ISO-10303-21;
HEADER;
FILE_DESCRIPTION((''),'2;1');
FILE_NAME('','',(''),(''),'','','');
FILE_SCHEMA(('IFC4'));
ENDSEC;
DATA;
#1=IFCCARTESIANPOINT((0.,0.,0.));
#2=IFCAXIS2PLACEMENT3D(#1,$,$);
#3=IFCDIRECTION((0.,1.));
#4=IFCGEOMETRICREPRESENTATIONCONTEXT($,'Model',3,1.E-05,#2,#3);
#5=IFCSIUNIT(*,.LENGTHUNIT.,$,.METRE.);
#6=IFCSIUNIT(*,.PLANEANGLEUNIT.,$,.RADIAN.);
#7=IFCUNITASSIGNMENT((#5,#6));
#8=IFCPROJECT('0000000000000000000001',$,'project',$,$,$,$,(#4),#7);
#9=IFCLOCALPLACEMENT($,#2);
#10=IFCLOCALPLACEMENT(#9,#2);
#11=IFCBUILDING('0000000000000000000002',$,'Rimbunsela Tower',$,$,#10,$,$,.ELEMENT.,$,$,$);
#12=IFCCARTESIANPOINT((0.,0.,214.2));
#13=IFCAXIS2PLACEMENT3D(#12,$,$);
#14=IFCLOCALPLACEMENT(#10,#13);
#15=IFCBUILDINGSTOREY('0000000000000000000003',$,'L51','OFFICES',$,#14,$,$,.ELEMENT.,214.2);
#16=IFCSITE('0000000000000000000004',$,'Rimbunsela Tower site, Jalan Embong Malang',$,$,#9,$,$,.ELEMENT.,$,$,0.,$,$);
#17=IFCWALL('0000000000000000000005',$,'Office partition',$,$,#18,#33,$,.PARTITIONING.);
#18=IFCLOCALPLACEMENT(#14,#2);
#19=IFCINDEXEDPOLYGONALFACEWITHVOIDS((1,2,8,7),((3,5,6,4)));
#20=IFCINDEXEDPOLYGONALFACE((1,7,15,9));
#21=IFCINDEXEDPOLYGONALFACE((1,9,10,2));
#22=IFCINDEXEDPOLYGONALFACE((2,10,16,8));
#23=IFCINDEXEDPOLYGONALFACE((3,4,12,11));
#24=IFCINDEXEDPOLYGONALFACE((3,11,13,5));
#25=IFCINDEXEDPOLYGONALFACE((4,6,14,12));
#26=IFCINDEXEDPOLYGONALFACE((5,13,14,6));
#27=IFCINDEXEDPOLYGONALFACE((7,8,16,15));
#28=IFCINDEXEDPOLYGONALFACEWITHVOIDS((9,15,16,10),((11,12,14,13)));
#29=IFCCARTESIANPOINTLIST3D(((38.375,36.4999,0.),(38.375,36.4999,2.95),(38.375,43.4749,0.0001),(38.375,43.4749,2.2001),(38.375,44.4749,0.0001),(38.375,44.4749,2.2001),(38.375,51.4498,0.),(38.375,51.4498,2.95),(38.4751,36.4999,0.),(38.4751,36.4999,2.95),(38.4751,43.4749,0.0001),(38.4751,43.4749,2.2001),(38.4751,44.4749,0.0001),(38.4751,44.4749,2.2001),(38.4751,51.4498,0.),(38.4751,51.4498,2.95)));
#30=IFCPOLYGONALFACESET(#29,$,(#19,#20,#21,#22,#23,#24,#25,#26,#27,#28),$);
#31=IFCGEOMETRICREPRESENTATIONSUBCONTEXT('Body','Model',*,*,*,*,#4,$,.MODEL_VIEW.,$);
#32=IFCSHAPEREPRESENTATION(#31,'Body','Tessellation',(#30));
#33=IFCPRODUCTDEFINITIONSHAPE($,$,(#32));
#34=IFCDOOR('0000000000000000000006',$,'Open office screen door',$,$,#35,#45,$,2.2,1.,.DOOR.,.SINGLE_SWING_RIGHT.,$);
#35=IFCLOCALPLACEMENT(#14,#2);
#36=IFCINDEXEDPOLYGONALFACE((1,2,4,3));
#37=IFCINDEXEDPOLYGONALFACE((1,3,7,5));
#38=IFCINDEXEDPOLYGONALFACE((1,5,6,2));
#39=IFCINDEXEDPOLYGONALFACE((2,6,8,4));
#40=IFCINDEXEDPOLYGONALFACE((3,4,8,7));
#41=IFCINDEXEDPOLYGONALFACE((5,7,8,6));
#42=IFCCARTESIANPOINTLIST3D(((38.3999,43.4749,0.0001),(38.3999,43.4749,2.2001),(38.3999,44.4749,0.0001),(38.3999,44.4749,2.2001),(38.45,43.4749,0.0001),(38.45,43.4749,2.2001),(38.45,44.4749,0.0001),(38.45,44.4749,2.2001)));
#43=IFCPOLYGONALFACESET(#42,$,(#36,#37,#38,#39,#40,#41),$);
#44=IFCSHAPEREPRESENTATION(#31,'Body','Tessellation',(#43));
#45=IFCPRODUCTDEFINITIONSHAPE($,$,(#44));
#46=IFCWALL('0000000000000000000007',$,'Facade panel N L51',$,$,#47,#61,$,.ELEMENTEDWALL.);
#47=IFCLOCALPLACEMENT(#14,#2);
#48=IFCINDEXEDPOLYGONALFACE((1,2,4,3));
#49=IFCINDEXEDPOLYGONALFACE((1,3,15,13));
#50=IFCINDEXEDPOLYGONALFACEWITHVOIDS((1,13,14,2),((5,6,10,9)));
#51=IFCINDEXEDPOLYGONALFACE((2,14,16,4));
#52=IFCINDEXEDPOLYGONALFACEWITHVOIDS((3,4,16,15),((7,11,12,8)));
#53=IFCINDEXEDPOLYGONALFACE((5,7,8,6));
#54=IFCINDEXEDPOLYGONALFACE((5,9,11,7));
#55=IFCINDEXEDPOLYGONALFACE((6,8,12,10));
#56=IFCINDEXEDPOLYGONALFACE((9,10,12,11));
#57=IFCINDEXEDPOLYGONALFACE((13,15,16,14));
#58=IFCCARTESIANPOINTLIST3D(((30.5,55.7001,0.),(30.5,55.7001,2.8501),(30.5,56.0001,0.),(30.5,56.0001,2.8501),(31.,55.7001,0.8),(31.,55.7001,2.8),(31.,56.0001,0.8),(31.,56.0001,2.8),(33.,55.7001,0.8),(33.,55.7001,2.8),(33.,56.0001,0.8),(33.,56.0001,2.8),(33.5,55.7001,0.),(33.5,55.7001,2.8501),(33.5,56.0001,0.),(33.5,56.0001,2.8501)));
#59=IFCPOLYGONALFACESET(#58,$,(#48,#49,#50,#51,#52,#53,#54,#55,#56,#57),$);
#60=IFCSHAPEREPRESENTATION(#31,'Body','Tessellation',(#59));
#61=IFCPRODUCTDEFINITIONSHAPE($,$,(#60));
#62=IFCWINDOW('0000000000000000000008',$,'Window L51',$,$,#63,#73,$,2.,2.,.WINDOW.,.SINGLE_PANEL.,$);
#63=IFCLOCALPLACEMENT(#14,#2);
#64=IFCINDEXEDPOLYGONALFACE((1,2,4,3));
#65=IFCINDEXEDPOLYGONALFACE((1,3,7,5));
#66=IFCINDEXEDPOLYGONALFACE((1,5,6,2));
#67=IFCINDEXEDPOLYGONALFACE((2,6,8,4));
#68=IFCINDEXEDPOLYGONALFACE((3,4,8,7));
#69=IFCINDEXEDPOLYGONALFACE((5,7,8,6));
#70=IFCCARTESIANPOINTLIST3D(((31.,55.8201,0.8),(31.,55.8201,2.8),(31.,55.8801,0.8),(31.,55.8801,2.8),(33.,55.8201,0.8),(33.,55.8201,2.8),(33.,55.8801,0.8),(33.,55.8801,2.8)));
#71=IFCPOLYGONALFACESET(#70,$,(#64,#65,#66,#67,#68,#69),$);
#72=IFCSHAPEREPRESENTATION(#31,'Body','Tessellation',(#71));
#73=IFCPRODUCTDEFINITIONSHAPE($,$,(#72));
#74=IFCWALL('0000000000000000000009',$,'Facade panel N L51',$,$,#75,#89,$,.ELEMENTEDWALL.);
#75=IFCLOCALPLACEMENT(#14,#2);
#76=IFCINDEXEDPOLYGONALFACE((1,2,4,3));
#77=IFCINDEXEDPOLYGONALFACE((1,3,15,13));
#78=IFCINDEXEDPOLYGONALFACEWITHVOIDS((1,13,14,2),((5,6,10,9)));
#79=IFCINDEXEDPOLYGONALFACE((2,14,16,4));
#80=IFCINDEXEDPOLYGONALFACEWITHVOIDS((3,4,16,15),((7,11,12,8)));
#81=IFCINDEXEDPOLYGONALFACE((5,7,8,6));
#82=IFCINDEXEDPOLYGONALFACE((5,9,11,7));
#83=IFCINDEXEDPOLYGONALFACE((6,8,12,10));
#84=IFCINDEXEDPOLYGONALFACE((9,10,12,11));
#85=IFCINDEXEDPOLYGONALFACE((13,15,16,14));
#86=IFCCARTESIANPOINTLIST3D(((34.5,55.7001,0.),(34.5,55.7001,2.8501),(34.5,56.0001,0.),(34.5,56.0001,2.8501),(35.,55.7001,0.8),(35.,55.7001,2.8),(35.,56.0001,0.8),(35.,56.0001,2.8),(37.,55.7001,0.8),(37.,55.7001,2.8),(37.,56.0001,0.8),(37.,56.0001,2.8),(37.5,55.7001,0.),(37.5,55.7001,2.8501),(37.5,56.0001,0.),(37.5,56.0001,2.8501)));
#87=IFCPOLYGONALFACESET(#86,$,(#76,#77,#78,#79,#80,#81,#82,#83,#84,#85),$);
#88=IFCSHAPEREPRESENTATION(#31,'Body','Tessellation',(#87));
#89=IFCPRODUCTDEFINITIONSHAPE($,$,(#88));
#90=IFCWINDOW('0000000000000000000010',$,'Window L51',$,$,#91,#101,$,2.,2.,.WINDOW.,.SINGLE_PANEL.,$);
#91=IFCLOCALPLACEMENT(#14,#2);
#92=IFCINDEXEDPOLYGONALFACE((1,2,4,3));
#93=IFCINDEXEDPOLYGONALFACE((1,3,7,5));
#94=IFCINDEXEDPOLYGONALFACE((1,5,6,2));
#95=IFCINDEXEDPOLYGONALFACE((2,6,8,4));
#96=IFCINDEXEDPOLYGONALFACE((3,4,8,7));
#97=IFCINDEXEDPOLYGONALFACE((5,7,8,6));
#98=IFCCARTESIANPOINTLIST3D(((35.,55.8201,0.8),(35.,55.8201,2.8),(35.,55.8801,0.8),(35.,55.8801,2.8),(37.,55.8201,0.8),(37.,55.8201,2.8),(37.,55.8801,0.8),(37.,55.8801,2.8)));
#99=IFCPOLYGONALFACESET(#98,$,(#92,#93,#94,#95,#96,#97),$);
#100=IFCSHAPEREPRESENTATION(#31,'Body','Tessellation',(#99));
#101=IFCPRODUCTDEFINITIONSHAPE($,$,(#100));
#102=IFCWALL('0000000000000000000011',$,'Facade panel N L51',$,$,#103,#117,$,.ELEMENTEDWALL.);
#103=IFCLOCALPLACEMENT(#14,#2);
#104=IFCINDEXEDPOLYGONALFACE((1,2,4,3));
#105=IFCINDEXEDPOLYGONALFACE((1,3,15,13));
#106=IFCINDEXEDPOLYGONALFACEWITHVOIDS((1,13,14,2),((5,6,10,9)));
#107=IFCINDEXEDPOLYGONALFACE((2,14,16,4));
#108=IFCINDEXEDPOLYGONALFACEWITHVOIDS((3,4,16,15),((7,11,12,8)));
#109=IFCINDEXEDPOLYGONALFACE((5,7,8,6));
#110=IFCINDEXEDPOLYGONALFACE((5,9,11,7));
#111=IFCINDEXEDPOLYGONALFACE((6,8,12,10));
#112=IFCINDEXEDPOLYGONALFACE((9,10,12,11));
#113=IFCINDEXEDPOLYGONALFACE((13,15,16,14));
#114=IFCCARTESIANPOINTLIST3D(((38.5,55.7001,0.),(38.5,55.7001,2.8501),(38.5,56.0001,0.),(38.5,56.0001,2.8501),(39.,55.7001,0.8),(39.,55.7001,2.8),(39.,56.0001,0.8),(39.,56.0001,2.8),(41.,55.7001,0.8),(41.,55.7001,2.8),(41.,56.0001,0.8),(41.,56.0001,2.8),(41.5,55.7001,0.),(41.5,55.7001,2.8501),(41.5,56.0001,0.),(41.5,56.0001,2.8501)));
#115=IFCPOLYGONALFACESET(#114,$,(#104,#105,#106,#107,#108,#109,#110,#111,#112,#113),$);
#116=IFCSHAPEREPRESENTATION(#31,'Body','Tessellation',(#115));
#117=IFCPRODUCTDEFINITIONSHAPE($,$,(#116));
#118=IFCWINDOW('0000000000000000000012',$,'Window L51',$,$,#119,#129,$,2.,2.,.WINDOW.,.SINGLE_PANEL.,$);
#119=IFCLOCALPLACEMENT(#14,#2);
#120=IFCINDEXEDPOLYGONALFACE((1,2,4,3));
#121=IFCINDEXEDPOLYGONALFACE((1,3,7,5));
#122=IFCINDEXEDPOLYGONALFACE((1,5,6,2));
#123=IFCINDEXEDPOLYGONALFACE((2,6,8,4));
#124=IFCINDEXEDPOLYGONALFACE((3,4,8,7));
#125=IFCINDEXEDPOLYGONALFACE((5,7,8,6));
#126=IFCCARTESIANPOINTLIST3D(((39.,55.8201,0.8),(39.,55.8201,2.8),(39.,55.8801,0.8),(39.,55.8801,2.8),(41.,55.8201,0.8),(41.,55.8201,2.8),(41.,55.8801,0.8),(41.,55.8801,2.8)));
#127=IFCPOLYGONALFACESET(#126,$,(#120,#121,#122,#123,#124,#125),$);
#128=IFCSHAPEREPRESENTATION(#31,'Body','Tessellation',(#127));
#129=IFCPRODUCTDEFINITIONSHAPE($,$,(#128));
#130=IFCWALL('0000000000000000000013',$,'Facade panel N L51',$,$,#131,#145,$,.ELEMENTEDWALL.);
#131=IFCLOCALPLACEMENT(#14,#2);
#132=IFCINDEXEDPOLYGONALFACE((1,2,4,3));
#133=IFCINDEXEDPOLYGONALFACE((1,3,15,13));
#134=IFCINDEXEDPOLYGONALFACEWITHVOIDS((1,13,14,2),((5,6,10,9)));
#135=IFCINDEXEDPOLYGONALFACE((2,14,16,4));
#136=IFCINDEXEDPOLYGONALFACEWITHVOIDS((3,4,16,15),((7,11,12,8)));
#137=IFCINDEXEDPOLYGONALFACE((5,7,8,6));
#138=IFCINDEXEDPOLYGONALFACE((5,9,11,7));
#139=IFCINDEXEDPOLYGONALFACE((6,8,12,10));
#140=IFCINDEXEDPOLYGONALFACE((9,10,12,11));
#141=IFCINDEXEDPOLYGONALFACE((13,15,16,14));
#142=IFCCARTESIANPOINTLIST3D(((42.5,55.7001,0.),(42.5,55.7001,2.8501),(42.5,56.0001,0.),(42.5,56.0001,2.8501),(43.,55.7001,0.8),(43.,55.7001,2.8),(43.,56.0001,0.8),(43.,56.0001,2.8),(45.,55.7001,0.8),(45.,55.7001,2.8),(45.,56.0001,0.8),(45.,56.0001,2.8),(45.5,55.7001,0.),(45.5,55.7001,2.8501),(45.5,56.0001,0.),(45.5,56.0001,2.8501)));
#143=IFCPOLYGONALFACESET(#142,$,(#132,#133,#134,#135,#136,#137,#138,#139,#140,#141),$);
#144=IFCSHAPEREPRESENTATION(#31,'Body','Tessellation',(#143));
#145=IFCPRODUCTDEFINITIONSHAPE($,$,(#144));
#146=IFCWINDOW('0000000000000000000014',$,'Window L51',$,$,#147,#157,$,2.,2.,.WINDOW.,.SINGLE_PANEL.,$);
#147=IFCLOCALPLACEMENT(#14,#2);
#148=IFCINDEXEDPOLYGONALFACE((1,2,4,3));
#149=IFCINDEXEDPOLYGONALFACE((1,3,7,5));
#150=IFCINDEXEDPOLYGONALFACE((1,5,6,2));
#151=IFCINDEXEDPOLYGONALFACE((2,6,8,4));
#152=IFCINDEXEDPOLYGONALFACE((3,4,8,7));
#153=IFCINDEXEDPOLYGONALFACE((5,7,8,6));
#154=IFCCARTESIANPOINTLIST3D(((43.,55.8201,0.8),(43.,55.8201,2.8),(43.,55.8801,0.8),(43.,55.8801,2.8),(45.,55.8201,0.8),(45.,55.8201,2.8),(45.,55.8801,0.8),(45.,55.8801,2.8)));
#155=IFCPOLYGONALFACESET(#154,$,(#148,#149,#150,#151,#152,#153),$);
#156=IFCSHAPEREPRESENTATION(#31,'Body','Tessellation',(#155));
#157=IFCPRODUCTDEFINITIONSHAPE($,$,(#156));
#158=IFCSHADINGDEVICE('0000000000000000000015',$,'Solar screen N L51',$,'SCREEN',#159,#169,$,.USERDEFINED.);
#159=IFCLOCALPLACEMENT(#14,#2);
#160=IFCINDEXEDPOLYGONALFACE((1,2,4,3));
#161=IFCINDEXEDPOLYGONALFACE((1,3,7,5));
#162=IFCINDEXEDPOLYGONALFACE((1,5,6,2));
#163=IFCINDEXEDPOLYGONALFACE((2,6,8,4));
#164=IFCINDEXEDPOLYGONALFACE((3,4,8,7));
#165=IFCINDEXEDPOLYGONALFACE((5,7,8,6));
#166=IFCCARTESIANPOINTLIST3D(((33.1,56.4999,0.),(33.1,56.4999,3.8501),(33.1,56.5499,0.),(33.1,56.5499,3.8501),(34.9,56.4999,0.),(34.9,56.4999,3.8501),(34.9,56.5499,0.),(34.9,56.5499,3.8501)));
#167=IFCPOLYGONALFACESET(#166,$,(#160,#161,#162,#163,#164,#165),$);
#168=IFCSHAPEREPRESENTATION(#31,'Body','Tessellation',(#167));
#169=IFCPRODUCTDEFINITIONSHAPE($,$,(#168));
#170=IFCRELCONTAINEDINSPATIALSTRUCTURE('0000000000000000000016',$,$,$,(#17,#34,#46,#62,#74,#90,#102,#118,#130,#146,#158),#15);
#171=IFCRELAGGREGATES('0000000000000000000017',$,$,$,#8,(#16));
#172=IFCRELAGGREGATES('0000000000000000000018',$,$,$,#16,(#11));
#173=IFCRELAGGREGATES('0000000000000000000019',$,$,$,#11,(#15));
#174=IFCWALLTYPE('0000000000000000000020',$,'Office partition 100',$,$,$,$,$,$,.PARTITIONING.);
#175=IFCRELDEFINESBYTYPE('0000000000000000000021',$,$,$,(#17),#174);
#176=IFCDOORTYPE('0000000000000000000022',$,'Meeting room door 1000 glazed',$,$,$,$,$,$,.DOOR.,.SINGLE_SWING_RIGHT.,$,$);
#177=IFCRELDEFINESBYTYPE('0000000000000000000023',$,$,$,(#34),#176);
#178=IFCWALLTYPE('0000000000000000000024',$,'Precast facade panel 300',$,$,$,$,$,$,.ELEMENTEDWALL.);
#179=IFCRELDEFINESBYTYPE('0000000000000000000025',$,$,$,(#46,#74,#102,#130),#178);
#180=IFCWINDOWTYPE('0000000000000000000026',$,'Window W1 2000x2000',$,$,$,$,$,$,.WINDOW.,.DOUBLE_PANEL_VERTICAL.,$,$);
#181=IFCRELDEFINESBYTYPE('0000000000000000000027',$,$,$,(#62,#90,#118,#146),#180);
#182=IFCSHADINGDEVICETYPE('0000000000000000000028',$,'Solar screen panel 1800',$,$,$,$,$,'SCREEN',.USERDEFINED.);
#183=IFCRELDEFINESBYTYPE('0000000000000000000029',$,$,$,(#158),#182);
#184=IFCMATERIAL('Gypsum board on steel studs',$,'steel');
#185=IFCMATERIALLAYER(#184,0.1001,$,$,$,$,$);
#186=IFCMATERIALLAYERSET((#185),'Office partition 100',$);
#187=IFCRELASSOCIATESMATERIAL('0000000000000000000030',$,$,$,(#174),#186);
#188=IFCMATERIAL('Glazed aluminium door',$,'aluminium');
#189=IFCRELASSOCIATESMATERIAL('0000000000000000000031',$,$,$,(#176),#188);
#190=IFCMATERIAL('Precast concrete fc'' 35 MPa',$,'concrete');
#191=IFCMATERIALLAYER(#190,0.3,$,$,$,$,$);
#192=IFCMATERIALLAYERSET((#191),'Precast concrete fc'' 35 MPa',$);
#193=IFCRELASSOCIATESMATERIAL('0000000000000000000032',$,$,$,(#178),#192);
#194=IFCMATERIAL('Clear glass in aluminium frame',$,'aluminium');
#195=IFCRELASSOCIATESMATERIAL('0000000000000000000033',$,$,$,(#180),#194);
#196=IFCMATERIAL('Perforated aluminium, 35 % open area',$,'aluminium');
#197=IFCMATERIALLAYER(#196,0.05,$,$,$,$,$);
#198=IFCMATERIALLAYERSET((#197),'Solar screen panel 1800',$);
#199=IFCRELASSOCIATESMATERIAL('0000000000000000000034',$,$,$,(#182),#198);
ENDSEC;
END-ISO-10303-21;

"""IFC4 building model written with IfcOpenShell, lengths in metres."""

from ifc_helpers import new_model, si_unit, direction, frame, frame_2d, origin, origin_2d, place, context, subcontext, project, spatial, rectangle, extrude, material, layer, layer_set, type_object, element, fill, save


model = new_model("IFC4")

# Units and contexts
model_context = context("Model", 3, precision=1e-05, world=origin(), true_north=direction((0.0, 1.0)))
body_context = subcontext(model_context, "Body", "Model", "MODEL_VIEW")
ifc_project = project(units=[si_unit("LENGTHUNIT", "METRE"), si_unit("PLANEANGLEUNIT", "RADIAN")], contexts=[model_context])

# Site, building, storey
site_placement = place(None, origin())
site = spatial("IfcSite", under=ifc_project, at=site_placement, Name="Rimbunsela Tower site, Jalan Embong Malang", CompositionType="ELEMENT", RefElevation=0.0)
building_placement = place(site_placement, origin())
building = spatial("IfcBuilding", under=site, at=building_placement, Name="Rimbunsela Tower", CompositionType="ELEMENT")
storey_placement = place(building_placement, frame((0.0, 0.0, 214.2)))
storey = spatial("IfcBuildingStorey", under=building, at=storey_placement, Name="L51", Description="OFFICES", CompositionType="ELEMENT", Elevation=214.2)

# Shared definitions
ifc_material_1 = material(Name="Gypsum board on steel studs", Category="steel")
ifc_layer_1 = layer(ifc_material_1, 0.1001)
ifc_layer_set_1 = layer_set([ifc_layer_1], Name="Office partition 100")
wall_type_1 = type_object("IfcWallType", Name="Office partition 100", PredefinedType="PARTITIONING", material=ifc_layer_set_1)

# Wall, opening, door
wall_1_placement = place(storey_placement, frame((38.425, 51.45, 0.0), z_axis=(0.0, 0.0, 1.0), x_axis=(0.0, -1.0, 0.0)))
wall_1 = element("IfcWall", 1, at=wall_1_placement, inside=storey, type_object=wall_type_1, Name="Office partition", PredefinedType="PARTITIONING", context=body_context, shape_type="SweptSolid", body=[
    extrude(rectangle(XDim=14.95, YDim=0.1001, at=frame_2d((7.4751, 0.0))), origin(), (0.0, 0.0, 1.0), 2.95),
])
opening_1_placement = place(wall_1_placement, frame((6.9751, 0.0, 0.0)))
opening_1 = element("IfcOpeningElement", 2, at=opening_1_placement, cuts=wall_1, PredefinedType="OPENING", context=body_context, shape_type="SweptSolid", body=[
    extrude(rectangle(XDim=1.0, YDim=2.2, at=frame_2d((0.5, 1.1001))), frame((0.0, 0.0601, 0.0), z_axis=(0.0, -1.0, 0.0), x_axis=(1.0, 0.0, 0.0)), (0.0, 0.0, 1.0), 0.1201),
])
ifc_material_2 = material(Name="Glazed aluminium door", Category="aluminium")
door_type = type_object("IfcDoorType", Name="Meeting room door 1000 glazed", OperationType="SINGLE_SWING_RIGHT", PredefinedType="DOOR", material=ifc_material_2)
door_placement = place(opening_1_placement, origin())
door = element("IfcDoor", 3, at=door_placement, inside=storey, type_object=door_type, Name="Open office screen door", OperationType="SINGLE_SWING_RIGHT", OverallHeight=2.2, OverallWidth=1.0, PredefinedType="DOOR", context=body_context, shape_type="SweptSolid", body=[
    extrude(rectangle(XDim=1.0, YDim=2.2, at=frame_2d((0.5, 1.1001))), frame((0.0, 0.0249, 0.0), z_axis=(0.0, -1.0, 0.0), x_axis=(1.0, 0.0, 0.0)), (0.0, 0.0, 1.0), 0.05),
])
fill(opening_1, door)

# Walls, openings, windows
ifc_material_3 = material(Name="Precast concrete fc' 35 MPa", Category="concrete")
ifc_layer_2 = layer(ifc_material_3, 0.3)
ifc_layer_set_2 = layer_set([ifc_layer_2], Name="Precast concrete fc' 35 MPa")
wall_type_2 = type_object("IfcWallType", Name="Precast facade panel 300", PredefinedType="ELEMENTEDWALL", material=ifc_layer_set_2)
wall_2_placement = place(storey_placement, frame((33.5, 55.8501, 0.0), z_axis=(0.0, 0.0, 1.0), x_axis=(-1.0, 0.0, 0.0)))
wall_2 = element("IfcWall", 4, at=wall_2_placement, inside=storey, type_object=wall_type_2, Name="Facade panel N L51", PredefinedType="ELEMENTEDWALL", context=body_context, shape_type="SweptSolid", body=[
    extrude(rectangle(XDim=3.0, YDim=0.3, at=frame_2d((1.5, 0.0))), origin(), (0.0, 0.0, 1.0), 2.8501),
])
opening_2_placement = place(wall_2_placement, frame((0.5, 0.0, 0.8)))
opening_2 = element("IfcOpeningElement", 5, at=opening_2_placement, cuts=wall_2, PredefinedType="OPENING", context=body_context, shape_type="SweptSolid", body=[
    extrude(rectangle(XDim=2.0, YDim=2.0, at=frame_2d((1.0, 1.0))), frame((0.0, 0.1599, 0.0), z_axis=(0.0, -1.0, 0.0), x_axis=(1.0, 0.0, 0.0)), (0.0, 0.0, 1.0), 0.3201),
])
ifc_material_4 = material(Name="Clear glass in aluminium frame", Category="aluminium")
window_type = type_object("IfcWindowType", Name="Window W1 2000x2000", PartitioningType="DOUBLE_PANEL_VERTICAL", PredefinedType="WINDOW", material=ifc_material_4)
window_1_placement = place(opening_2_placement, origin())
window_1 = element("IfcWindow", 6, at=window_1_placement, inside=storey, type_object=window_type, Name="Window L51", OverallHeight=2.0, OverallWidth=2.0, PartitioningType="SINGLE_PANEL", PredefinedType="WINDOW", context=body_context, shape_type="SweptSolid", body=[
    extrude(rectangle(XDim=2.0, YDim=2.0, at=frame_2d((1.0, 1.0))), frame((0.0, 0.03, 0.0), z_axis=(0.0, -1.0, 0.0), x_axis=(1.0, 0.0, 0.0)), (0.0, 0.0, 1.0), 0.0601),
])
fill(opening_2, window_1)
wall_3_placement = place(storey_placement, frame((37.5, 55.8501, 0.0), z_axis=(0.0, 0.0, 1.0), x_axis=(-1.0, 0.0, 0.0)))
wall_3 = element("IfcWall", 7, at=wall_3_placement, inside=storey, type_object=wall_type_2, Name="Facade panel N L51", PredefinedType="ELEMENTEDWALL", context=body_context, shape_type="SweptSolid", body=[
    extrude(rectangle(XDim=3.0, YDim=0.3, at=frame_2d((1.5, 0.0))), origin(), (0.0, 0.0, 1.0), 2.8501),
])
opening_3_placement = place(wall_3_placement, frame((0.5, 0.0, 0.8)))
opening_3 = element("IfcOpeningElement", 8, at=opening_3_placement, cuts=wall_3, PredefinedType="OPENING", context=body_context, shape_type="SweptSolid", body=[
    extrude(rectangle(XDim=2.0, YDim=2.0, at=frame_2d((1.0, 1.0))), frame((0.0, 0.1599, 0.0), z_axis=(0.0, -1.0, 0.0), x_axis=(1.0, 0.0, 0.0)), (0.0, 0.0, 1.0), 0.3201),
])
window_2_placement = place(opening_3_placement, origin())
window_2 = element("IfcWindow", 9, at=window_2_placement, inside=storey, type_object=window_type, Name="Window L51", OverallHeight=2.0, OverallWidth=2.0, PartitioningType="SINGLE_PANEL", PredefinedType="WINDOW", context=body_context, shape_type="SweptSolid", body=[
    extrude(rectangle(XDim=2.0, YDim=2.0, at=frame_2d((1.0, 1.0))), frame((0.0, 0.03, 0.0), z_axis=(0.0, -1.0, 0.0), x_axis=(1.0, 0.0, 0.0)), (0.0, 0.0, 1.0), 0.0601),
])
fill(opening_3, window_2)
wall_4_placement = place(storey_placement, frame((41.5, 55.8501, 0.0), z_axis=(0.0, 0.0, 1.0), x_axis=(-1.0, 0.0, 0.0)))
wall_4 = element("IfcWall", 10, at=wall_4_placement, inside=storey, type_object=wall_type_2, Name="Facade panel N L51", PredefinedType="ELEMENTEDWALL", context=body_context, shape_type="SweptSolid", body=[
    extrude(rectangle(XDim=3.0, YDim=0.3, at=frame_2d((1.5, 0.0))), origin(), (0.0, 0.0, 1.0), 2.8501),
])
opening_4_placement = place(wall_4_placement, frame((0.5, 0.0, 0.8)))
opening_4 = element("IfcOpeningElement", 11, at=opening_4_placement, cuts=wall_4, PredefinedType="OPENING", context=body_context, shape_type="SweptSolid", body=[
    extrude(rectangle(XDim=2.0, YDim=2.0, at=frame_2d((1.0, 1.0))), frame((0.0, 0.1599, 0.0), z_axis=(0.0, -1.0, 0.0), x_axis=(1.0, 0.0, 0.0)), (0.0, 0.0, 1.0), 0.3201),
])
window_3_placement = place(opening_4_placement, origin())
window_3 = element("IfcWindow", 12, at=window_3_placement, inside=storey, type_object=window_type, Name="Window L51", OverallHeight=2.0, OverallWidth=2.0, PartitioningType="SINGLE_PANEL", PredefinedType="WINDOW", context=body_context, shape_type="SweptSolid", body=[
    extrude(rectangle(XDim=2.0, YDim=2.0, at=frame_2d((1.0, 1.0))), frame((0.0, 0.03, 0.0), z_axis=(0.0, -1.0, 0.0), x_axis=(1.0, 0.0, 0.0)), (0.0, 0.0, 1.0), 0.0601),
])
fill(opening_4, window_3)
wall_5_placement = place(storey_placement, frame((45.5, 55.8501, 0.0), z_axis=(0.0, 0.0, 1.0), x_axis=(-1.0, 0.0, 0.0)))
wall_5 = element("IfcWall", 13, at=wall_5_placement, inside=storey, type_object=wall_type_2, Name="Facade panel N L51", PredefinedType="ELEMENTEDWALL", context=body_context, shape_type="SweptSolid", body=[
    extrude(rectangle(XDim=3.0, YDim=0.3, at=frame_2d((1.5, 0.0))), origin(), (0.0, 0.0, 1.0), 2.8501),
])
opening_5_placement = place(wall_5_placement, frame((0.5, 0.0, 0.8)))
opening_5 = element("IfcOpeningElement", 14, at=opening_5_placement, cuts=wall_5, PredefinedType="OPENING", context=body_context, shape_type="SweptSolid", body=[
    extrude(rectangle(XDim=2.0, YDim=2.0, at=frame_2d((1.0, 1.0))), frame((0.0, 0.1599, 0.0), z_axis=(0.0, -1.0, 0.0), x_axis=(1.0, 0.0, 0.0)), (0.0, 0.0, 1.0), 0.3201),
])
window_4_placement = place(opening_5_placement, origin())
window_4 = element("IfcWindow", 15, at=window_4_placement, inside=storey, type_object=window_type, Name="Window L51", OverallHeight=2.0, OverallWidth=2.0, PartitioningType="SINGLE_PANEL", PredefinedType="WINDOW", context=body_context, shape_type="SweptSolid", body=[
    extrude(rectangle(XDim=2.0, YDim=2.0, at=frame_2d((1.0, 1.0))), frame((0.0, 0.03, 0.0), z_axis=(0.0, -1.0, 0.0), x_axis=(1.0, 0.0, 0.0)), (0.0, 0.0, 1.0), 0.0601),
])
fill(opening_5, window_4)

# Shading device
ifc_material_5 = material(Name="Perforated aluminium, 35 % open area", Category="aluminium")
ifc_layer_3 = layer(ifc_material_5, 0.05)
ifc_layer_set_3 = layer_set([ifc_layer_3], Name="Solar screen panel 1800")
shading_device_type = type_object("IfcShadingDeviceType", Name="Solar screen panel 1800", ElementType="SCREEN", PredefinedType="USERDEFINED", material=ifc_layer_set_3)
for number, where, z_axis, x_axis, name in (
    (16, (34.0, 56.5249, 0.0), (0.0, 0.0, 1.0), (1.0, 0.0, 0.0), "Solar screen N L51"),
):
    element("IfcShadingDevice", number, at=place(storey_placement, frame(where, z_axis=z_axis, x_axis=x_axis)), inside=storey, type_object=shading_device_type, Name=name, ObjectType="SCREEN", PredefinedType="USERDEFINED", context=body_context, shape_type="SweptSolid", body=[
        extrude(rectangle(XDim=1.8, YDim=0.05, at=origin_2d()), origin(), (0.0, 0.0, 1.0), 3.8501),
    ])

save(model, "model.ifc")
